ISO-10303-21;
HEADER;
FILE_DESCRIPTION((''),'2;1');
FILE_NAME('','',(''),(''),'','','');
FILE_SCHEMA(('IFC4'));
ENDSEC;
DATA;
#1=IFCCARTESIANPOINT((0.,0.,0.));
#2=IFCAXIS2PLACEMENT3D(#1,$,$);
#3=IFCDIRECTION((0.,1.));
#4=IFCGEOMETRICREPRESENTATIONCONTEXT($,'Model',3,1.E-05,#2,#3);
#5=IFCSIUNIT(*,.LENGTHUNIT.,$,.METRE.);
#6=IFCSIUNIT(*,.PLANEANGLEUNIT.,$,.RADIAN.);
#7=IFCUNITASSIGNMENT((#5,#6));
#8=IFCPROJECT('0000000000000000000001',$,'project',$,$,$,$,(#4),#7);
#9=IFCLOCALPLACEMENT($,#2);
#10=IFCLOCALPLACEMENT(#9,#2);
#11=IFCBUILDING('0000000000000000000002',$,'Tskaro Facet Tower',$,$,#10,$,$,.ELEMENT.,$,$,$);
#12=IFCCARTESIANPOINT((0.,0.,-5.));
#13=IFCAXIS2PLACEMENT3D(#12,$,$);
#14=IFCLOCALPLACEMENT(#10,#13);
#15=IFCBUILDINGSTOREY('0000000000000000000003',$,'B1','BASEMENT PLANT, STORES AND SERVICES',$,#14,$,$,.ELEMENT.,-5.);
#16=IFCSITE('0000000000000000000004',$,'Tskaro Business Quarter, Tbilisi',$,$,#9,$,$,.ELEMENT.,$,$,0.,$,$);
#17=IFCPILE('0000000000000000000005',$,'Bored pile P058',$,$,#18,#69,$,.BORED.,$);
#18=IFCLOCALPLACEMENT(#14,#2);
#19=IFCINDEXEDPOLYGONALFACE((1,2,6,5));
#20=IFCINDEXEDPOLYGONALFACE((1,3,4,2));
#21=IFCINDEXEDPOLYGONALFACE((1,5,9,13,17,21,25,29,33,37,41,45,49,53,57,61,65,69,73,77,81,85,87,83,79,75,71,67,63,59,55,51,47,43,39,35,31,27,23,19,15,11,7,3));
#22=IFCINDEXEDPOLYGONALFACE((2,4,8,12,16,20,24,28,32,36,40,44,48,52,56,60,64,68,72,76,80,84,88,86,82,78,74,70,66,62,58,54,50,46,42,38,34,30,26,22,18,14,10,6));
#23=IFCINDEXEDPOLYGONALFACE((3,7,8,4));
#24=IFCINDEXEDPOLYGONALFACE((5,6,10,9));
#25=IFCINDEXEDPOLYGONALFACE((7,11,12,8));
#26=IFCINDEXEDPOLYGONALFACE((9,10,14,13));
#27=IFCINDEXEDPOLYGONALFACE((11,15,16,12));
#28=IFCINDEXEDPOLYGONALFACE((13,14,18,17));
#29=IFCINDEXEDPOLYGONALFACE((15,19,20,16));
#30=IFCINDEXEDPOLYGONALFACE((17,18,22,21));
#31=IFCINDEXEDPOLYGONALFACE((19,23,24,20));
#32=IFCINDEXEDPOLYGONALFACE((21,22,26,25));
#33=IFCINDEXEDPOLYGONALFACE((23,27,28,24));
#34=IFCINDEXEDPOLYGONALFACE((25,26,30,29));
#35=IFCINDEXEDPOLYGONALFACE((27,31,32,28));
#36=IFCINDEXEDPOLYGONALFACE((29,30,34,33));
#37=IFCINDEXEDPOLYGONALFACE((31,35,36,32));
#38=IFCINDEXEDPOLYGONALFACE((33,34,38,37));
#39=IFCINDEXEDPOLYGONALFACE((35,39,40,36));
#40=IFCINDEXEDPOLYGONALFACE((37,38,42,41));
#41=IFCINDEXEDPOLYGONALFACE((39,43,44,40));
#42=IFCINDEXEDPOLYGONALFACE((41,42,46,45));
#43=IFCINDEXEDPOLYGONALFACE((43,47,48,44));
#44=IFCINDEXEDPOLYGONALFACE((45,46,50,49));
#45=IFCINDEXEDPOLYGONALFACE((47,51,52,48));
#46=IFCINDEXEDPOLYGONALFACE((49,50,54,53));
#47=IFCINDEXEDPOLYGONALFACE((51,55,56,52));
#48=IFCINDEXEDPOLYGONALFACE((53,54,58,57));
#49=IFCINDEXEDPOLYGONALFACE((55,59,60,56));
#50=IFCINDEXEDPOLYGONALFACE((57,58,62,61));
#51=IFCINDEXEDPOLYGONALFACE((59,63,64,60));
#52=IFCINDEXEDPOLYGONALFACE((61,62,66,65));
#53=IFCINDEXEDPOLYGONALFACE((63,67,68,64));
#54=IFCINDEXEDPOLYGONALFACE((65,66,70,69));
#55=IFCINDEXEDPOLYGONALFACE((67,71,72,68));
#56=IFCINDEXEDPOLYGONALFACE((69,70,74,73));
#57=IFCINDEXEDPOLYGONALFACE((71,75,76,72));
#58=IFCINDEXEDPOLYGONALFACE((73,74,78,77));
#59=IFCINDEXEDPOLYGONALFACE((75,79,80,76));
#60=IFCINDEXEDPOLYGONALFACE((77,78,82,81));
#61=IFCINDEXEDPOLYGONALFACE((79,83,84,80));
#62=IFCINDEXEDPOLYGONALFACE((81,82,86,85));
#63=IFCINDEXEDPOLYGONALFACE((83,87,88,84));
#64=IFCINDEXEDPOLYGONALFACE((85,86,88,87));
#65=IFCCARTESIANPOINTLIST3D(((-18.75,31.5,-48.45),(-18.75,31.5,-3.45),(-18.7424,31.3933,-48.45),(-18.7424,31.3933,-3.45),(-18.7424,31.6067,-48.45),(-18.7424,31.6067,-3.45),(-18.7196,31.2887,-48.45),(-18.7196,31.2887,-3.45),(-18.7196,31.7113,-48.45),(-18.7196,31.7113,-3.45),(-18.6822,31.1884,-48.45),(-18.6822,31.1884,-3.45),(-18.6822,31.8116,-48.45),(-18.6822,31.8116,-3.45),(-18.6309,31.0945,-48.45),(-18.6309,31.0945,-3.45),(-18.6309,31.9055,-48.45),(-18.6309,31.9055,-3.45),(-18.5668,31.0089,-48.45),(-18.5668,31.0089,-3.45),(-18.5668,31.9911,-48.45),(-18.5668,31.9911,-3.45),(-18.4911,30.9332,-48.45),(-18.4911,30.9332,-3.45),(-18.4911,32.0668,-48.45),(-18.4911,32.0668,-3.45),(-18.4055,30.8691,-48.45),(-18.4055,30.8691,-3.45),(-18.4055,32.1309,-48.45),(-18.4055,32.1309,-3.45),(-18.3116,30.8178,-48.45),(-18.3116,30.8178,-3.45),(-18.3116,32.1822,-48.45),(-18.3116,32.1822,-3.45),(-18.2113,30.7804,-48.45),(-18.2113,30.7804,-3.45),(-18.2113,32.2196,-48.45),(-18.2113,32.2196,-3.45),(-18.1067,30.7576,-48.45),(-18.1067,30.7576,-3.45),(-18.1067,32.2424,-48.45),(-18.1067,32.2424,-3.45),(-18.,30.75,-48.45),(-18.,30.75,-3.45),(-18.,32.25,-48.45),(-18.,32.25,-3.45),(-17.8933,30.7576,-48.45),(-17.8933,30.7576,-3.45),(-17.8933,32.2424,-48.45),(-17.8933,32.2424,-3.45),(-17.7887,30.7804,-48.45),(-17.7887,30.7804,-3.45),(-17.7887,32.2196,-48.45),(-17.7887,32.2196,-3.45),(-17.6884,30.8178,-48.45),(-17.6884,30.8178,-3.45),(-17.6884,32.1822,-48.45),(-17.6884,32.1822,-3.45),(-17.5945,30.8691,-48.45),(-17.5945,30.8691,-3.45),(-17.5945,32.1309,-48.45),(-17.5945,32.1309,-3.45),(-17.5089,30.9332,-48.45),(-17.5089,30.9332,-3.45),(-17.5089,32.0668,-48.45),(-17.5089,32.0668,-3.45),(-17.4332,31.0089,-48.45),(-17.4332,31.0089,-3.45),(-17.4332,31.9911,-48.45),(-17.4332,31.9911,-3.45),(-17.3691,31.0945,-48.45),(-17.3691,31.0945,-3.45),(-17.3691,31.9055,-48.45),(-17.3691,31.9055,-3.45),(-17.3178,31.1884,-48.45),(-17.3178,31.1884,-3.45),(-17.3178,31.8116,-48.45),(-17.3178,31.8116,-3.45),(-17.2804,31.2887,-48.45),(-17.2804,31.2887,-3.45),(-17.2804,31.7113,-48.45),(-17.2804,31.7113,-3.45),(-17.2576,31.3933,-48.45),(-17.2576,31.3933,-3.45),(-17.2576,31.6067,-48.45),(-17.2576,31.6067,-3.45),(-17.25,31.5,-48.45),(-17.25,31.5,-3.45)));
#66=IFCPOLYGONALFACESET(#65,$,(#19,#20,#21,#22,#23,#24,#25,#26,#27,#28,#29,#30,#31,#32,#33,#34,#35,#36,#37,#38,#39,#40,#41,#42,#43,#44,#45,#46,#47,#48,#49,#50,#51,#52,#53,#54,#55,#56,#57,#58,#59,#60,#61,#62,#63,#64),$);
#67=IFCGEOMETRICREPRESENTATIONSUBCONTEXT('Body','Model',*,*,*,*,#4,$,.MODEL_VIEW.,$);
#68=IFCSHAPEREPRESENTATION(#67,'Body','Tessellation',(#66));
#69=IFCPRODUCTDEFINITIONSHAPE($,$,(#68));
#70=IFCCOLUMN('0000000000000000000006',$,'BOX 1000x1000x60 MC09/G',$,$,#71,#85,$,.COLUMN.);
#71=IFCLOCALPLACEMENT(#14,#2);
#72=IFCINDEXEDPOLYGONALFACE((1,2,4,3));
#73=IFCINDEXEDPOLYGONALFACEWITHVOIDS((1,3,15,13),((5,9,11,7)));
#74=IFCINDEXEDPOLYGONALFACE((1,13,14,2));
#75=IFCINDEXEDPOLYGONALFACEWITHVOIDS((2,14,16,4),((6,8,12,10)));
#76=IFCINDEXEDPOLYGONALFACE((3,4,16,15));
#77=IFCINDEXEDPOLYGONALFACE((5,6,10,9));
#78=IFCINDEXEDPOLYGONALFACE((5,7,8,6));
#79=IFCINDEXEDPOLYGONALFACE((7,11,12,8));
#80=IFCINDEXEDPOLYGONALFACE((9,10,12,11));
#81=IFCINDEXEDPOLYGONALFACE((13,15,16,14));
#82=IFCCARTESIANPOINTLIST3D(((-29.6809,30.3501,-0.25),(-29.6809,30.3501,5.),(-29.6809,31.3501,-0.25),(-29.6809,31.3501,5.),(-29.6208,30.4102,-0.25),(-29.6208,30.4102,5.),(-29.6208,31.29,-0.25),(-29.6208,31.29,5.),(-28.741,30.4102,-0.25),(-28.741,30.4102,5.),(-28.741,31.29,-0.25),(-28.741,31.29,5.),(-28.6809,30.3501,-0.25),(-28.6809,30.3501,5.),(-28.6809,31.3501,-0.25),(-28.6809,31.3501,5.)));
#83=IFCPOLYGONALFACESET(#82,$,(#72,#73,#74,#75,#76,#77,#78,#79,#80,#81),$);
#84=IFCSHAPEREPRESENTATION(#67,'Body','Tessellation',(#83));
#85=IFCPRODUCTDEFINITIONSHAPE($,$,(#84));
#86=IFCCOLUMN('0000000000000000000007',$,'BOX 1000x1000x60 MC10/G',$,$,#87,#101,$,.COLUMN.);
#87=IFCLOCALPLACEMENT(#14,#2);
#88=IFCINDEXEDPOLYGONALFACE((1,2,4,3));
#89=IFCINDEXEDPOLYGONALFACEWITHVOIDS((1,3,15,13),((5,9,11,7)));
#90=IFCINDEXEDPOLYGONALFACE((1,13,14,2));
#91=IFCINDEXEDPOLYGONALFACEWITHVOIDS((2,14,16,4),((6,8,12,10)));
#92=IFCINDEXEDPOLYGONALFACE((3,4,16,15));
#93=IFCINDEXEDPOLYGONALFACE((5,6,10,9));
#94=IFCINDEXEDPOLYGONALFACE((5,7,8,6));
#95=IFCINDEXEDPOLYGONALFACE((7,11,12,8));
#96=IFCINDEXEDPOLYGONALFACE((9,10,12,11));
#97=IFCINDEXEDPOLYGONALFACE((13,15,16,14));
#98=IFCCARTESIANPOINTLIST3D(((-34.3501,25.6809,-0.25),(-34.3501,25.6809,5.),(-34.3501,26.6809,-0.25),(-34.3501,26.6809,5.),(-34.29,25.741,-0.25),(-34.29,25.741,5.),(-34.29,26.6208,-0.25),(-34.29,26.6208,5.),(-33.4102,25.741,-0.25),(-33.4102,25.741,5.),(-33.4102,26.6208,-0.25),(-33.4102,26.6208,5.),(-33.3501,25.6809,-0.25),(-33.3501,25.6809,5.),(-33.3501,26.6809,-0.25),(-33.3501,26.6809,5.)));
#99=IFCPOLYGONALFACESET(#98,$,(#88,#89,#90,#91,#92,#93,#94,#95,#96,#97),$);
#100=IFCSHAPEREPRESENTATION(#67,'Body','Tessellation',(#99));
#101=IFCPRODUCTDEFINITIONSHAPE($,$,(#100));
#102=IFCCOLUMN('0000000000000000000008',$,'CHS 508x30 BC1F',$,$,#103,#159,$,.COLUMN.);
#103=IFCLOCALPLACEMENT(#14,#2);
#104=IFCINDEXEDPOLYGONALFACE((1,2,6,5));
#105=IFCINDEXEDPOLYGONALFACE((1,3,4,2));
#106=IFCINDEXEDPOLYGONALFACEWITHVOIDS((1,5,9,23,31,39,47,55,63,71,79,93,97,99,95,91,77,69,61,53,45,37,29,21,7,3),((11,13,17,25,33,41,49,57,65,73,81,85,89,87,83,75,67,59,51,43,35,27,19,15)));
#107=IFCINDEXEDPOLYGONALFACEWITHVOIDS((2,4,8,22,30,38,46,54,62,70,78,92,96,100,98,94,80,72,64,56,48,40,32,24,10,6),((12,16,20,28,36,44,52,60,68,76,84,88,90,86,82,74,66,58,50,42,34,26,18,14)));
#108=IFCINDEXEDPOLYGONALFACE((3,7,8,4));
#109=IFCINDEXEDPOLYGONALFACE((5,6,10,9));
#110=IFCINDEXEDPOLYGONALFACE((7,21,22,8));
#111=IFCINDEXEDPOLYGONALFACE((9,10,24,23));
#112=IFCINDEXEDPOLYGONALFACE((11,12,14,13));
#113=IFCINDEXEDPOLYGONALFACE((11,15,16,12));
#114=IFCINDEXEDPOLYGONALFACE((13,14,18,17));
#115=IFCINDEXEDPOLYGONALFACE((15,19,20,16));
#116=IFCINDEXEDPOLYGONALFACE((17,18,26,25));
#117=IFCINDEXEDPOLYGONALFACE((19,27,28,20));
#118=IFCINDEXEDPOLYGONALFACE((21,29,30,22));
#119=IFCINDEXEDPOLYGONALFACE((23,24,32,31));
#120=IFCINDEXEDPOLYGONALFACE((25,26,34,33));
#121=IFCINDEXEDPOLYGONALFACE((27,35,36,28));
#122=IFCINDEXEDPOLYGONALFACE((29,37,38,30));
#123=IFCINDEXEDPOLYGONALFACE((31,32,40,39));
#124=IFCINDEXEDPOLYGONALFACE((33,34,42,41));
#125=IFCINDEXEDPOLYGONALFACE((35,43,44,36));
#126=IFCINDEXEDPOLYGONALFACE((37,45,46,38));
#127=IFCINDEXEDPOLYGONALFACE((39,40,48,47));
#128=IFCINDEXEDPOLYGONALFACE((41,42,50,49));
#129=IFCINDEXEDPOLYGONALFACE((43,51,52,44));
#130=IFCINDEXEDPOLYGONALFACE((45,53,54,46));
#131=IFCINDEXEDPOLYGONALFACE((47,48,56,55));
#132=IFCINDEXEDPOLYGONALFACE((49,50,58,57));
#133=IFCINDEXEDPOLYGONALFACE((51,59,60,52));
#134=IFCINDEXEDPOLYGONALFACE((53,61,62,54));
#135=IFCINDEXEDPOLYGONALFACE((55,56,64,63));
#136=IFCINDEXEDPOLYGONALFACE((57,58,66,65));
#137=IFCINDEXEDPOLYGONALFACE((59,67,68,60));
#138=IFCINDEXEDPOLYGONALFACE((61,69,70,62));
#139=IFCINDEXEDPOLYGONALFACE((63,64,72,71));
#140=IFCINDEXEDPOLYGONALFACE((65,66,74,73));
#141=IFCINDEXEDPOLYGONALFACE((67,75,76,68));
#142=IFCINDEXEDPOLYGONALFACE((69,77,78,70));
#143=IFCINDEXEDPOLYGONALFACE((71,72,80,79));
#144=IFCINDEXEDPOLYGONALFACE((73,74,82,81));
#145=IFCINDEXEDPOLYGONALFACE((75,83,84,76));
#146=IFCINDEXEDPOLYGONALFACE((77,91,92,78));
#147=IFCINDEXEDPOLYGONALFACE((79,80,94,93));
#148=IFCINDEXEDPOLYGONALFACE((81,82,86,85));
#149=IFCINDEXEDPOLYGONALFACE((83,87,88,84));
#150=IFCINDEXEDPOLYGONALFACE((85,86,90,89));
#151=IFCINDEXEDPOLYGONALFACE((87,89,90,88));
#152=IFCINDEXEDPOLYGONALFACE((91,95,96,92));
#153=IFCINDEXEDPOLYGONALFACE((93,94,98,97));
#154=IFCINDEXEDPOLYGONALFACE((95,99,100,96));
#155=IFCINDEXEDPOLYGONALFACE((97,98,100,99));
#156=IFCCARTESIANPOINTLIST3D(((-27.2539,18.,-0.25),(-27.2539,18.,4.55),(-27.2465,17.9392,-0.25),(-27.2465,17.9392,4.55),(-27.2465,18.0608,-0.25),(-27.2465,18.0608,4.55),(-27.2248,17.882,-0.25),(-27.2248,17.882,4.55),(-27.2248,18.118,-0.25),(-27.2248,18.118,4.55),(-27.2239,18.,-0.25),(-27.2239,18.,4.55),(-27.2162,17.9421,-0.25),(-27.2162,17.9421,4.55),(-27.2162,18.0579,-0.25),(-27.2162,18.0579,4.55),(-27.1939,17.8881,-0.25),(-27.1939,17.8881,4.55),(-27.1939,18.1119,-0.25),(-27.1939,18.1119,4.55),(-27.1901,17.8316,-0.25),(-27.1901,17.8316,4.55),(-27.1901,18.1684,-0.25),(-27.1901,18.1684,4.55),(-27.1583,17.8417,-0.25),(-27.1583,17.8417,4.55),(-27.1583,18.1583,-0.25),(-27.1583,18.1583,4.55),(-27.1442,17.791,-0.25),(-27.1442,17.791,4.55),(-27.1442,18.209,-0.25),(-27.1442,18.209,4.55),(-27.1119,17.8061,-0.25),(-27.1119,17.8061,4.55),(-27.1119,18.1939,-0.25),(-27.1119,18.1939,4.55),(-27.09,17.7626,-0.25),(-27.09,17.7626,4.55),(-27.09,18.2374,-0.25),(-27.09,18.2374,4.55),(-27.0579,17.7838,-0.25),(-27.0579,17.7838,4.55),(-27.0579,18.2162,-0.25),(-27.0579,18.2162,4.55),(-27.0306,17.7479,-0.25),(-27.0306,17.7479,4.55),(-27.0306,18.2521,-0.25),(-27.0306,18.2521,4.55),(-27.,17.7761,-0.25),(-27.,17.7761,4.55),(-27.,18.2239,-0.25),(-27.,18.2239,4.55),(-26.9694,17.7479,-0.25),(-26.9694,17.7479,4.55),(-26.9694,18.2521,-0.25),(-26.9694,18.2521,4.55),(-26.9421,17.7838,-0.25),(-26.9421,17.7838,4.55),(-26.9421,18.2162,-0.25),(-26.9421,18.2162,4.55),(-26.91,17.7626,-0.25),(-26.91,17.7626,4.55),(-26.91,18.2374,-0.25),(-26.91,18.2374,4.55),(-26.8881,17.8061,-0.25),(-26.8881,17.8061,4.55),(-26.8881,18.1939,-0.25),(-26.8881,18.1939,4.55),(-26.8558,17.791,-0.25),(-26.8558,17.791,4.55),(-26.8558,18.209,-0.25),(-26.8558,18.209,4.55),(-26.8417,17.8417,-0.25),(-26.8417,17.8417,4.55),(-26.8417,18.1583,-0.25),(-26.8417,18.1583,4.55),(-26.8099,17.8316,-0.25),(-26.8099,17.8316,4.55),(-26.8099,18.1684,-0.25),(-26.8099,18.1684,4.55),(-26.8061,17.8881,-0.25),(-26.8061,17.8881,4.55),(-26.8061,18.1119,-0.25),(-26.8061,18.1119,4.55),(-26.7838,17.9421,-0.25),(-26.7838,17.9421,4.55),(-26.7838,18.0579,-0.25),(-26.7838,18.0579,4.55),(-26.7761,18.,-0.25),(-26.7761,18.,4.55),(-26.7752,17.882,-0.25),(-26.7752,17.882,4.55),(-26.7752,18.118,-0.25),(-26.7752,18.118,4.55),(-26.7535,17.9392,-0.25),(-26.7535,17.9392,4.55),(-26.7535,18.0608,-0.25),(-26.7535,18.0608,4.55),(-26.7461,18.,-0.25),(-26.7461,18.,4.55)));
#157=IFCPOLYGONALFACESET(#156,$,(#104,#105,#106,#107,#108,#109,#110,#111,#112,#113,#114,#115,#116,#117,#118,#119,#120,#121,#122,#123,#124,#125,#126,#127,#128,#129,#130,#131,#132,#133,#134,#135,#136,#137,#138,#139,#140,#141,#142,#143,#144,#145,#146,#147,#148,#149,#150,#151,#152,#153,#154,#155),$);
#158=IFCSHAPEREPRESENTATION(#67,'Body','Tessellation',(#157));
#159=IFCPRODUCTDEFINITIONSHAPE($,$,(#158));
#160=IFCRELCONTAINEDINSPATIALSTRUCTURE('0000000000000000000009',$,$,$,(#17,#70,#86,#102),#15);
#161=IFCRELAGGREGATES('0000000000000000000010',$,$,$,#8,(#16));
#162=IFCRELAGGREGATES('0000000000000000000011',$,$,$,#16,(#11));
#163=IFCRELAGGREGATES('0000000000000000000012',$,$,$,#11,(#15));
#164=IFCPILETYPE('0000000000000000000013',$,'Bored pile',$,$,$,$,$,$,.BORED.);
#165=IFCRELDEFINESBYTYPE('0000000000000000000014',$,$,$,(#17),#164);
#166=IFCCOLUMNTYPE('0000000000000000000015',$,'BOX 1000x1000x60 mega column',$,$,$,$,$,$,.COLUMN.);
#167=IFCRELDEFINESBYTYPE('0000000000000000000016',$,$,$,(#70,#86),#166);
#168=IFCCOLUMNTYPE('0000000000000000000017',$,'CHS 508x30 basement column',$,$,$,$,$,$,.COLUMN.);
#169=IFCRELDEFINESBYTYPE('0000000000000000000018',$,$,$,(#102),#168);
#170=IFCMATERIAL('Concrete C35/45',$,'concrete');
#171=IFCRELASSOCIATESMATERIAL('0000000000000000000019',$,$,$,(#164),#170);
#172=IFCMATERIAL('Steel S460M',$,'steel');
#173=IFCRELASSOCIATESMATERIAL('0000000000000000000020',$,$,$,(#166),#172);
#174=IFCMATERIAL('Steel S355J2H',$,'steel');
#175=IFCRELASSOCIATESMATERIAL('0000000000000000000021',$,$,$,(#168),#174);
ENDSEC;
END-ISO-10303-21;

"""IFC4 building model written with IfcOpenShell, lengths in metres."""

from ifc_helpers import new_model, si_unit, direction, frame, origin, origin_2d, place, context, subcontext, project, spatial, hollow_rectangle, circle, hollow_circle, extrude, material, material_profile, profile_set, type_object, element, save


model = new_model("IFC4")

# Units and contexts
model_context = context("Model", 3, precision=1e-05, world=origin(), true_north=direction((0.0, 1.0)))
body_context = subcontext(model_context, "Body", "Model", "MODEL_VIEW")
ifc_project = project(units=[si_unit("LENGTHUNIT", "METRE"), si_unit("PLANEANGLEUNIT", "RADIAN")], contexts=[model_context])

# Site, building, storey
site_placement = place(None, origin())
site = spatial("IfcSite", under=ifc_project, at=site_placement, Name="Tskaro Business Quarter, Tbilisi", CompositionType="ELEMENT", RefElevation=0.0)
building_placement = place(site_placement, origin())
building = spatial("IfcBuilding", under=site, at=building_placement, Name="Tskaro Facet Tower", CompositionType="ELEMENT")
storey_placement = place(building_placement, frame((0.0, 0.0, -5.0)))
storey = spatial("IfcBuildingStorey", under=building, at=storey_placement, Name="B1", Description="BASEMENT PLANT, STORES AND SERVICES", CompositionType="ELEMENT", Elevation=-5.0)

# Pile
ifc_material_1 = material(Name="Concrete C35/45", Category="concrete")
ifc_material_profile_1 = material_profile(ifc_material_1, circle(Radius=0.75, at=origin_2d()), Name="Bored pile")
ifc_profile_set_1 = profile_set([ifc_material_profile_1], Name="Concrete C35/45")
pile_type = type_object("IfcPileType", Name="Bored pile", PredefinedType="BORED", material=ifc_profile_set_1)
for number, where, z_axis, x_axis, name in (
    (1, (-18.0, 31.5, -3.45), (0.0, 0.0, -1.0), (1.0, 0.0, 0.0), "Bored pile P058"),
):
    element("IfcPile", number, at=place(storey_placement, frame(where, z_axis=z_axis, x_axis=x_axis)), inside=storey, type_object=pile_type, Name=name, PredefinedType="BORED", context=body_context, shape_type="SweptSolid", body=[
        extrude(circle(Radius=0.75, at=origin_2d()), origin(), (0.0, 0.0, 1.0), 45.0),
    ])

# Columns
ifc_material_2 = material(Name="Steel S460M", Category="steel")
ifc_material_profile_2 = material_profile(ifc_material_2, hollow_rectangle(XDim=1.0, YDim=1.0, WallThickness=0.0601, at=origin_2d()), Name="BOX 1000x1000x60")
ifc_profile_set_2 = profile_set([ifc_material_profile_2], Name="Steel S460M")
column_type_1 = type_object("IfcColumnType", Name="BOX 1000x1000x60 mega column", PredefinedType="COLUMN", material=ifc_profile_set_2)
for number, where, z_axis, x_axis, name in (
    (2, (-29.1809, 30.8501, -0.25), (0.0, 0.0, 1.0), (1.0, 0.0, 0.0), "BOX 1000x1000x60 MC09/G"),
    (3, (-33.8501, 26.1809, -0.25), (0.0, 0.0, 1.0), (1.0, 0.0, 0.0), "BOX 1000x1000x60 MC10/G"),
):
    element("IfcColumn", number, at=place(storey_placement, frame(where, z_axis=z_axis, x_axis=x_axis)), inside=storey, type_object=column_type_1, Name=name, PredefinedType="COLUMN", context=body_context, shape_type="SweptSolid", body=[
        extrude(hollow_rectangle(XDim=1.0, YDim=1.0, WallThickness=0.0601, at=origin_2d()), origin(), (0.0, 0.0, 1.0), 5.25),
    ])
ifc_material_3 = material(Name="Steel S355J2H", Category="steel")
ifc_material_profile_3 = material_profile(ifc_material_3, hollow_circle(Radius=0.2539, WallThickness=0.03, at=origin_2d()), Name="CHS 508x30")
ifc_profile_set_3 = profile_set([ifc_material_profile_3], Name="Steel S355J2H")
column_type_2 = type_object("IfcColumnType", Name="CHS 508x30 basement column", PredefinedType="COLUMN", material=ifc_profile_set_3)
for number, where, z_axis, x_axis, name in (
    (4, (-27.0, 18.0, -0.25), (0.0, 0.0, 1.0), (1.0, 0.0, 0.0), "CHS 508x30 BC1F"),
):
    element("IfcColumn", number, at=place(storey_placement, frame(where, z_axis=z_axis, x_axis=x_axis)), inside=storey, type_object=column_type_2, Name=name, PredefinedType="COLUMN", context=body_context, shape_type="SweptSolid", body=[
        extrude(hollow_circle(Radius=0.2539, WallThickness=0.03, at=origin_2d()), origin(), (0.0, 0.0, 1.0), 4.8),
    ])

save(model, "model.ifc")
